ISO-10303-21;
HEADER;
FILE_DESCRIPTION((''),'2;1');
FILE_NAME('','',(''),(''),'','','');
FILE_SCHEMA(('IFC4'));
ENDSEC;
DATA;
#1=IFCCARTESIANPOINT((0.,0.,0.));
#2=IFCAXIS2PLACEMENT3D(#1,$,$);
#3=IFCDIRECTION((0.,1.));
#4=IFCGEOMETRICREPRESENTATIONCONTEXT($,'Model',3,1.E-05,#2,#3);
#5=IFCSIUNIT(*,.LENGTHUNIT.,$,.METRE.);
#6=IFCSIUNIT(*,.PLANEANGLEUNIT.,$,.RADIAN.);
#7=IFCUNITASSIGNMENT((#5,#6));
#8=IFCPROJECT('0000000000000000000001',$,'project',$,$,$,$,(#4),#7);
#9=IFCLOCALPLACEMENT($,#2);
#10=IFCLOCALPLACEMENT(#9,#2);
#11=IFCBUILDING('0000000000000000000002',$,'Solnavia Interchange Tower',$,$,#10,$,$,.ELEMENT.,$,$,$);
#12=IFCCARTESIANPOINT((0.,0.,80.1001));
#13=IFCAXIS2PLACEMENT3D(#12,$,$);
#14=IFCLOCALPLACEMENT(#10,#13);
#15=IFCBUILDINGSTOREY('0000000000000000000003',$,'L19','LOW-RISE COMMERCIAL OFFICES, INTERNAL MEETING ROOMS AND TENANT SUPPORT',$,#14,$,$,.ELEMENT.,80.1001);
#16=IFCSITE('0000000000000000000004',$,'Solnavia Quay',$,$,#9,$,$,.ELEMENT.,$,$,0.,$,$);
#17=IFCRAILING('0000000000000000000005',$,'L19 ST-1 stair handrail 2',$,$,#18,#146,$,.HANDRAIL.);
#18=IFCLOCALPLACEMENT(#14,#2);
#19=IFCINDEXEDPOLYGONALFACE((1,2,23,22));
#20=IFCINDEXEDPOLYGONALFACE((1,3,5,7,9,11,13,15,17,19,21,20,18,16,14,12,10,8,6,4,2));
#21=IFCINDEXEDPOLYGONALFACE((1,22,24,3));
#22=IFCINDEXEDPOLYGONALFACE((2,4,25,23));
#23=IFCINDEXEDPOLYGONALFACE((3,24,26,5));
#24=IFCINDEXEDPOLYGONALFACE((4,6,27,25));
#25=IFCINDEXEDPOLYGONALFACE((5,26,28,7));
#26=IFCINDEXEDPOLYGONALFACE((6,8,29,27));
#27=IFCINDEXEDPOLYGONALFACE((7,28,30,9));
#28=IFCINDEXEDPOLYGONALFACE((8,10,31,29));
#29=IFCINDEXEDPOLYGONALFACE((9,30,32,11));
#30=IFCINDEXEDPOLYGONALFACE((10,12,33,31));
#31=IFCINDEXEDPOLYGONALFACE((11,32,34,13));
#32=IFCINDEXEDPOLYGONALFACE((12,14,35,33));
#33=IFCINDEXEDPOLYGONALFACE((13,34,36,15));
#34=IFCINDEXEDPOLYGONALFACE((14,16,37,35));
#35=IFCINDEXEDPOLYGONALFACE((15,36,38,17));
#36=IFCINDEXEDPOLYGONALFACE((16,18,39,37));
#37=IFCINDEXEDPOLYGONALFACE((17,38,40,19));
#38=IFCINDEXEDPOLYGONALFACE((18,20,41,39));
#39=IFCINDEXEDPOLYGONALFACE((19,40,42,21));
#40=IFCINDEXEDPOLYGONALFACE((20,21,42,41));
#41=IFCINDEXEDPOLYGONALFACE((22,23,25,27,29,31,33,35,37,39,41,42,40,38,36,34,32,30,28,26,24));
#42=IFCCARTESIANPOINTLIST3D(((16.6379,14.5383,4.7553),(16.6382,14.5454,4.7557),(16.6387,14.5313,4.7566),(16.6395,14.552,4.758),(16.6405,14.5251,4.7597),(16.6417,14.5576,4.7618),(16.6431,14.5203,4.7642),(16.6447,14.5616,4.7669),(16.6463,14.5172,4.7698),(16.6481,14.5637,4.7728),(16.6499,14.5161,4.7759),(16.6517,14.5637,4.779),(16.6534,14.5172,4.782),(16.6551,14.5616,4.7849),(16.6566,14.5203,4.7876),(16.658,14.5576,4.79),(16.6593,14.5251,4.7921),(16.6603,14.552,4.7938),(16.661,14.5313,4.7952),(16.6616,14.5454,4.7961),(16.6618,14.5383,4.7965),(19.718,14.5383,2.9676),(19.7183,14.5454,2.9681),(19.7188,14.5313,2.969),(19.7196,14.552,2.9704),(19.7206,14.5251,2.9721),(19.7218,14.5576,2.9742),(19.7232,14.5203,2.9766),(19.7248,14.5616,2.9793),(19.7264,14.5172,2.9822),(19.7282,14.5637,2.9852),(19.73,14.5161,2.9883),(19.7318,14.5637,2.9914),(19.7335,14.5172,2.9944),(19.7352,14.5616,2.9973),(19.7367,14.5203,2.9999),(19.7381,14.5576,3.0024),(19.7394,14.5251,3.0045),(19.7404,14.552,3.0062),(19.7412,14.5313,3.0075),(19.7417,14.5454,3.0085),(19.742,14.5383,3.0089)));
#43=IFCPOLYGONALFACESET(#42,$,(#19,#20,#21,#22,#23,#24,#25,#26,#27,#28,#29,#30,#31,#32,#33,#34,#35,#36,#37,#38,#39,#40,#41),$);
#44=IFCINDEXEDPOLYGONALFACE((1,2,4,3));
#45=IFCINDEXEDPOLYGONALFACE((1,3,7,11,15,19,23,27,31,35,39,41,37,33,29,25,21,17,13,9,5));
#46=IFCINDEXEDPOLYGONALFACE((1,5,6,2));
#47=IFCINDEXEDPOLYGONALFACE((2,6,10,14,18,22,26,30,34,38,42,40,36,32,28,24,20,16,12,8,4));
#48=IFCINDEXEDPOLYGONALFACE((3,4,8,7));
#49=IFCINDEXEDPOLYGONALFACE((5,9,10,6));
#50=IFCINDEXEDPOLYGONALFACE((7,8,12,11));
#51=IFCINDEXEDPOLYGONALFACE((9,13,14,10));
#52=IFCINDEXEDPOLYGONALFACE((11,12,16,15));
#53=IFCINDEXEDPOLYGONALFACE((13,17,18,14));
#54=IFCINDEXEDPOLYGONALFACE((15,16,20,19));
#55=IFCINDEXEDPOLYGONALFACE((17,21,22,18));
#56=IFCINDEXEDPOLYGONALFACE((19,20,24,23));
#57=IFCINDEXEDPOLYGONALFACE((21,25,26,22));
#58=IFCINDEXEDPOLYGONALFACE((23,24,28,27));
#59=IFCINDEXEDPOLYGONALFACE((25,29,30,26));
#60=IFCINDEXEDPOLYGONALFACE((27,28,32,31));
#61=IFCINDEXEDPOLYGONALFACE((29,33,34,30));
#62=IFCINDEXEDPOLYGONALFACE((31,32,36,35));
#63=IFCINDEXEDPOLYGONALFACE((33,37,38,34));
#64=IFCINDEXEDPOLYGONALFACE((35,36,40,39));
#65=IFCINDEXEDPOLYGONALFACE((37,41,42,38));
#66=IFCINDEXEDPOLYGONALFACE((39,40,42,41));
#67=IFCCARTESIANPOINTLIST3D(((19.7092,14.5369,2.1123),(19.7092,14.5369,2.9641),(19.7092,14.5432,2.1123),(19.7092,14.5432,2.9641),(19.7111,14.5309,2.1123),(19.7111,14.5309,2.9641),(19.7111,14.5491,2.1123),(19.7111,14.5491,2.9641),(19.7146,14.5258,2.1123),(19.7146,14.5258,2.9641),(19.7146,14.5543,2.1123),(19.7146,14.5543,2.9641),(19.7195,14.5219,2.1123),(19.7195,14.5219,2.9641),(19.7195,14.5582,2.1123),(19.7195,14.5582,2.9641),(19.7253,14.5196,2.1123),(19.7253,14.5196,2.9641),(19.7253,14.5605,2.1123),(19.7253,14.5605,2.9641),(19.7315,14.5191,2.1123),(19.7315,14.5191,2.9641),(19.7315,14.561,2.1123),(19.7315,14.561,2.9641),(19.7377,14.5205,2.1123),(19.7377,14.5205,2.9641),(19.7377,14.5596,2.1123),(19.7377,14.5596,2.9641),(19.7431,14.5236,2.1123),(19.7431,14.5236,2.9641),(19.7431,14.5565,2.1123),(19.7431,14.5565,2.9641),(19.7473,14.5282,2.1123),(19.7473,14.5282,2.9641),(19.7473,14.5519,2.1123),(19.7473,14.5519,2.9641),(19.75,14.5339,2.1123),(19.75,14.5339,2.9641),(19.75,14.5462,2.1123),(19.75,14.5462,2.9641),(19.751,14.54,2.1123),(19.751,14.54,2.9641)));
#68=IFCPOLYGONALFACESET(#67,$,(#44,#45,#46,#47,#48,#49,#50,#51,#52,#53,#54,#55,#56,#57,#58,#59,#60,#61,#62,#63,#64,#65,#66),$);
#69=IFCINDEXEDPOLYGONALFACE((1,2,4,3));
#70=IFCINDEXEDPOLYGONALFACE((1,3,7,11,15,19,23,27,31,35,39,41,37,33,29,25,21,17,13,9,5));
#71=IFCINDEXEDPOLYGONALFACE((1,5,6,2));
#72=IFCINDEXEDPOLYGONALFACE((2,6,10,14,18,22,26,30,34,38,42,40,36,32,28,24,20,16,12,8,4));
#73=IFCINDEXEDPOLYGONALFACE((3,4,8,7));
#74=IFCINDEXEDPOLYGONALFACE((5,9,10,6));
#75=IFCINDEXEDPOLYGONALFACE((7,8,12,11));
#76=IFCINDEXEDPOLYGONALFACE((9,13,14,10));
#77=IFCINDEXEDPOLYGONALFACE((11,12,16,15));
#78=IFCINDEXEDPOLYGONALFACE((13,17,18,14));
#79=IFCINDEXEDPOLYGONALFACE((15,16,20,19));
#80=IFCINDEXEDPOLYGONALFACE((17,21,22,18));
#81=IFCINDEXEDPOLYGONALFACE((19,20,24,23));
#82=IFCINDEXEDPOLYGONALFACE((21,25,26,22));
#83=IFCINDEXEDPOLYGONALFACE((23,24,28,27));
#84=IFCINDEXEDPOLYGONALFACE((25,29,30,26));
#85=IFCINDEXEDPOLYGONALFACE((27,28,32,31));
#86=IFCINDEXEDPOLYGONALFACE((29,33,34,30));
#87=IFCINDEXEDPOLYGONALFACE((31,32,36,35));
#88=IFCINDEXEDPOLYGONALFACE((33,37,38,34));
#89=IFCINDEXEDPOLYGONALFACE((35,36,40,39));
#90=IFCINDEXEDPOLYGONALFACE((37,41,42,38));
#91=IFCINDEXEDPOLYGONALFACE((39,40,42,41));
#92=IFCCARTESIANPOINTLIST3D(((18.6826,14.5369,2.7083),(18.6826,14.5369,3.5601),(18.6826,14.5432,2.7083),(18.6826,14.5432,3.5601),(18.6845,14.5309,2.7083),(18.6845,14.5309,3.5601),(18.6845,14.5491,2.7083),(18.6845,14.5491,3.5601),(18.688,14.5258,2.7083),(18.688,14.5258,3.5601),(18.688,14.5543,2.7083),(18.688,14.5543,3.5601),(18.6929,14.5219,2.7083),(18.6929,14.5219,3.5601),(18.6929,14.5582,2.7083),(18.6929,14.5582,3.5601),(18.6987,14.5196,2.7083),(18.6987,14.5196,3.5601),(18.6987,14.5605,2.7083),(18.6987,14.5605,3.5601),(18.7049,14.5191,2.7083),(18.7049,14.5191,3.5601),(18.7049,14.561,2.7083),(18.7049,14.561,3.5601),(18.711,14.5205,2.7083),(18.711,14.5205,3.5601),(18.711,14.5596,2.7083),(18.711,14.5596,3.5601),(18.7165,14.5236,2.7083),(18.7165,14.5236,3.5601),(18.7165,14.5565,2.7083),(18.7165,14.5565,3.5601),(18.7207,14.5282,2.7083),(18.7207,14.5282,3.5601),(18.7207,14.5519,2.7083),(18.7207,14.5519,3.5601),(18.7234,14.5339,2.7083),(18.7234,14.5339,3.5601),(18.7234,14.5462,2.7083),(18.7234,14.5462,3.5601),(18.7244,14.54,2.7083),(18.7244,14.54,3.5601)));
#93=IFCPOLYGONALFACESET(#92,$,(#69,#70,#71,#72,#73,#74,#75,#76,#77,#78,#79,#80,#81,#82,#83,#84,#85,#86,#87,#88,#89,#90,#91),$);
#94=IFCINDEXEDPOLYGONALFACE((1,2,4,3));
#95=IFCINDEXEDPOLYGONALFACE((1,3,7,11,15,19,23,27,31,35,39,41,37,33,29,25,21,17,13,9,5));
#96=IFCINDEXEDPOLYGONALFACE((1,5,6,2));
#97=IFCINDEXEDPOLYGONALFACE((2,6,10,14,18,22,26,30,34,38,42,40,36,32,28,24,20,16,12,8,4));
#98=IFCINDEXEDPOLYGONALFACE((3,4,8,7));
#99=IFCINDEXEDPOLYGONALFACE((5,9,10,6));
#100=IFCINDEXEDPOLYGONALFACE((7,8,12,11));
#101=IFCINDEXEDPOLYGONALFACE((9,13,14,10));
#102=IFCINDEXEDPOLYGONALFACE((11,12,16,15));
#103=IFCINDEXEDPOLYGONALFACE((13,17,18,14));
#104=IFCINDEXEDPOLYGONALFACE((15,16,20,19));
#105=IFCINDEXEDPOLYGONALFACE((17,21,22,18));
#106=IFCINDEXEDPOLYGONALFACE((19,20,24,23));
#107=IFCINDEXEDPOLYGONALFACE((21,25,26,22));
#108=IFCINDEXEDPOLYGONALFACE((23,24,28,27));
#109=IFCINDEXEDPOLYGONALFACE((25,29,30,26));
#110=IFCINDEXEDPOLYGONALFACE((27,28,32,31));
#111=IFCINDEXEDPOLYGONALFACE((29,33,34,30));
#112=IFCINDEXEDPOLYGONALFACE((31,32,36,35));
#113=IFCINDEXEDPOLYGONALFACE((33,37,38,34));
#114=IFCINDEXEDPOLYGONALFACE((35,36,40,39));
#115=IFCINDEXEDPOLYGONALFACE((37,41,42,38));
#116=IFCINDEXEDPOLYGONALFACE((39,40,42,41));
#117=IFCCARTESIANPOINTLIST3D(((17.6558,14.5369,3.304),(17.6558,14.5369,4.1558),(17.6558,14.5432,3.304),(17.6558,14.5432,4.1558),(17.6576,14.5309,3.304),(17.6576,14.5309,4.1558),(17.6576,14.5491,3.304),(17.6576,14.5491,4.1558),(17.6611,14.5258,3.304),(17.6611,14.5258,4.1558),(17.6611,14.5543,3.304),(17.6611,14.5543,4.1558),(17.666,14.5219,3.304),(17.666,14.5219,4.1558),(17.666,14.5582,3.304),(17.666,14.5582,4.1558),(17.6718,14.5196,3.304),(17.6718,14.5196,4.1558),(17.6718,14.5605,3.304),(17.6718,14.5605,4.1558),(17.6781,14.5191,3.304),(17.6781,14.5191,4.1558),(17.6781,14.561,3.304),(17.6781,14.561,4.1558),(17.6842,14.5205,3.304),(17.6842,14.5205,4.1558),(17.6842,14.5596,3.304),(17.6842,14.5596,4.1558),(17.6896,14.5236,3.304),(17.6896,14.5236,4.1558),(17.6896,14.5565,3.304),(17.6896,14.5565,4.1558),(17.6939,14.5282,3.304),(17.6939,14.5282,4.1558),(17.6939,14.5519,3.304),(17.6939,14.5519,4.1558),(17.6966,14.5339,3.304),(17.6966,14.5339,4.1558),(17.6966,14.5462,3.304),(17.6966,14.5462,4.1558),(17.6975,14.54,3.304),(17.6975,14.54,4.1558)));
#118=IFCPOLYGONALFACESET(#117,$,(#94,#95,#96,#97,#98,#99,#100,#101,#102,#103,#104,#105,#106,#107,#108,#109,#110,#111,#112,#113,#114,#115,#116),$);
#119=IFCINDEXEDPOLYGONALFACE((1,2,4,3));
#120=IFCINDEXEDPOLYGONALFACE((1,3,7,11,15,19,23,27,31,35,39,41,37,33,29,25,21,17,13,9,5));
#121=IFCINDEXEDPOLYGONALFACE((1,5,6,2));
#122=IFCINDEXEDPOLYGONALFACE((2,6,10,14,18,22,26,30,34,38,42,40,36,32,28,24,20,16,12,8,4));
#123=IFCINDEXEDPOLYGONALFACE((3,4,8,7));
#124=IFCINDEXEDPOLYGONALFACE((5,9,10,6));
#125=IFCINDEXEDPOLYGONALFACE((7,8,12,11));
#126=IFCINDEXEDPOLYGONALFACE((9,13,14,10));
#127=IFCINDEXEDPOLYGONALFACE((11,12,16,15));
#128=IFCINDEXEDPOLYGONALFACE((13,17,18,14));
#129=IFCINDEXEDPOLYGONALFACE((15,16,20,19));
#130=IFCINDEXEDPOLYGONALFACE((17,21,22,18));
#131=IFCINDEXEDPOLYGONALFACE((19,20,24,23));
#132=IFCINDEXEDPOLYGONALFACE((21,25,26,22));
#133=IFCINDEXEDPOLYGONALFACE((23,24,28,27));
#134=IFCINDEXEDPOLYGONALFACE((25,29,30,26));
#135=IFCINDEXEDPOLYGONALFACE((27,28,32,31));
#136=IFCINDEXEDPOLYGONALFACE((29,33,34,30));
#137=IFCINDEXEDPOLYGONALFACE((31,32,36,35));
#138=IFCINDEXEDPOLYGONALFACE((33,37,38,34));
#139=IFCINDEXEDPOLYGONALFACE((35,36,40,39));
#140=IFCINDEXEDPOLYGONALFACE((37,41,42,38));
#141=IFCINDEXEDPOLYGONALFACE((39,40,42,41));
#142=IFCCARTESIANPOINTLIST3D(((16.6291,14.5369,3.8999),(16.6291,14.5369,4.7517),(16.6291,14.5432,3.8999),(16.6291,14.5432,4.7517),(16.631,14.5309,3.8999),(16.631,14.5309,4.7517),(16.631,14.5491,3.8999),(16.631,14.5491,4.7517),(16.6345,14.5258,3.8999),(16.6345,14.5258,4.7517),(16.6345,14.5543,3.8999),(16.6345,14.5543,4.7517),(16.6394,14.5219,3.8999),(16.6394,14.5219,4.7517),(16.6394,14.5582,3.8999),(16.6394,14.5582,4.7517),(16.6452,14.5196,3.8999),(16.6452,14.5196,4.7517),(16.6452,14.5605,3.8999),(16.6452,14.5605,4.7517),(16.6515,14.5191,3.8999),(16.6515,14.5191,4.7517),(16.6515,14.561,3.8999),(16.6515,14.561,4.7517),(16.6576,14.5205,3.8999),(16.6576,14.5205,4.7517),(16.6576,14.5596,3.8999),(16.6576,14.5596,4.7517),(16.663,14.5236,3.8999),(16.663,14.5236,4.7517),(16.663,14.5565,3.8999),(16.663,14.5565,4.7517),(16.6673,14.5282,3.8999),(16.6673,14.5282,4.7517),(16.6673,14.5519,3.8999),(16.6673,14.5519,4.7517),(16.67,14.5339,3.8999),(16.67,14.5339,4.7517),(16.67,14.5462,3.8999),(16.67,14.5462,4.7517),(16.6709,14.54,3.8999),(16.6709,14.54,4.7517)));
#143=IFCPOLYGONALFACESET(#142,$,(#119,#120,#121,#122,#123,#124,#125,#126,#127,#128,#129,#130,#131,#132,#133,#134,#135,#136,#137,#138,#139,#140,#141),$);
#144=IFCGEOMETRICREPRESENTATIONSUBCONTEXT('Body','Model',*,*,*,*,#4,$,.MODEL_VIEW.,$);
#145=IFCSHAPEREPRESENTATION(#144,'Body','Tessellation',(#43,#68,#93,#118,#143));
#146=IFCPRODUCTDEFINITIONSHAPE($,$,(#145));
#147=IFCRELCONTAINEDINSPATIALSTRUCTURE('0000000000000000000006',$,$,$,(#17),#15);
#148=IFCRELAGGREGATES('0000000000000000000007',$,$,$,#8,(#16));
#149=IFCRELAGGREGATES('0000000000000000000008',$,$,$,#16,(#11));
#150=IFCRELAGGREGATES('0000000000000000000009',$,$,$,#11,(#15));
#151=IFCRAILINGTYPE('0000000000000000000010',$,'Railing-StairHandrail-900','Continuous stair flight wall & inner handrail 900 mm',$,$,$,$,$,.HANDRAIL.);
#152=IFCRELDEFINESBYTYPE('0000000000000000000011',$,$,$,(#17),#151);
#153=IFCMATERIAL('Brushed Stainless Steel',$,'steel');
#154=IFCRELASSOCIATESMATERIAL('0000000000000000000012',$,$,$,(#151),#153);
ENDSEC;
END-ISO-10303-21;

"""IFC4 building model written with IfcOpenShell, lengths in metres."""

from ifc_helpers import new_model, si_unit, direction, frame, origin, origin_2d, place, context, subcontext, project, spatial, circle, extrude, material, type_object, element, save


model = new_model("IFC4")

# Units and contexts
model_context = context("Model", 3, precision=1e-05, world=origin(), true_north=direction((0.0, 1.0)))
body_context = subcontext(model_context, "Body", "Model", "MODEL_VIEW")
ifc_project = project(units=[si_unit("LENGTHUNIT", "METRE"), si_unit("PLANEANGLEUNIT", "RADIAN")], contexts=[model_context])

# Site, building, storey
site_placement = place(None, origin())
site = spatial("IfcSite", under=ifc_project, at=site_placement, Name="Solnavia Quay", CompositionType="ELEMENT", RefElevation=0.0)
building_placement = place(site_placement, origin())
building = spatial("IfcBuilding", under=site, at=building_placement, Name="Solnavia Interchange Tower", CompositionType="ELEMENT")
storey_placement = place(building_placement, frame((0.0, 0.0, 80.1001)))
storey = spatial("IfcBuildingStorey", under=building, at=storey_placement, Name="L19", Description="LOW-RISE COMMERCIAL OFFICES, INTERNAL MEETING ROOMS AND TENANT SUPPORT", CompositionType="ELEMENT", Elevation=80.1001)

# Railing
ifc_material_1 = material(Name="Brushed Stainless Steel", Category="steel")
railing_type_1 = type_object("IfcRailingType", Name="Railing-StairHandrail-900", Description="Continuous stair flight wall & inner handrail 900 mm", PredefinedType="HANDRAIL", material=ifc_material_1)
railing_1_placement = place(storey_placement, frame((19.73, 14.54, 2.1123)))
element("IfcRailing", 1, at=railing_1_placement, inside=storey, type_object=railing_type_1, Name="L19 ST-1 stair handrail 2", PredefinedType="HANDRAIL", context=body_context, shape_type="SweptSolid", body=[
    extrude(circle(Radius=0.0239, at=origin_2d()), frame((0.0, 0.0, 0.876), z_axis=(-0.864891, 0.0, 0.50196), x_axis=(0.0, -1.0, 0.0)), (0.0, 0.0, 1.0), 3.5613),
    extrude(circle(Radius=0.021, at=origin_2d()), origin(), (0.0, 0.0, 1.0), 0.8518),
    extrude(circle(Radius=0.021, at=origin_2d()), frame((-1.0266, 0.0, 0.5959)), (0.0, 0.0, 1.0), 0.8518),
    extrude(circle(Radius=0.021, at=origin_2d()), frame((-2.0535, 0.0, 1.1917)), (0.0, 0.0, 1.0), 0.8518),
    extrude(circle(Radius=0.021, at=origin_2d()), frame((-3.0801, 0.0, 1.7876)), (0.0, 0.0, 1.0), 0.8518),
])

save(model, "model.ifc")
